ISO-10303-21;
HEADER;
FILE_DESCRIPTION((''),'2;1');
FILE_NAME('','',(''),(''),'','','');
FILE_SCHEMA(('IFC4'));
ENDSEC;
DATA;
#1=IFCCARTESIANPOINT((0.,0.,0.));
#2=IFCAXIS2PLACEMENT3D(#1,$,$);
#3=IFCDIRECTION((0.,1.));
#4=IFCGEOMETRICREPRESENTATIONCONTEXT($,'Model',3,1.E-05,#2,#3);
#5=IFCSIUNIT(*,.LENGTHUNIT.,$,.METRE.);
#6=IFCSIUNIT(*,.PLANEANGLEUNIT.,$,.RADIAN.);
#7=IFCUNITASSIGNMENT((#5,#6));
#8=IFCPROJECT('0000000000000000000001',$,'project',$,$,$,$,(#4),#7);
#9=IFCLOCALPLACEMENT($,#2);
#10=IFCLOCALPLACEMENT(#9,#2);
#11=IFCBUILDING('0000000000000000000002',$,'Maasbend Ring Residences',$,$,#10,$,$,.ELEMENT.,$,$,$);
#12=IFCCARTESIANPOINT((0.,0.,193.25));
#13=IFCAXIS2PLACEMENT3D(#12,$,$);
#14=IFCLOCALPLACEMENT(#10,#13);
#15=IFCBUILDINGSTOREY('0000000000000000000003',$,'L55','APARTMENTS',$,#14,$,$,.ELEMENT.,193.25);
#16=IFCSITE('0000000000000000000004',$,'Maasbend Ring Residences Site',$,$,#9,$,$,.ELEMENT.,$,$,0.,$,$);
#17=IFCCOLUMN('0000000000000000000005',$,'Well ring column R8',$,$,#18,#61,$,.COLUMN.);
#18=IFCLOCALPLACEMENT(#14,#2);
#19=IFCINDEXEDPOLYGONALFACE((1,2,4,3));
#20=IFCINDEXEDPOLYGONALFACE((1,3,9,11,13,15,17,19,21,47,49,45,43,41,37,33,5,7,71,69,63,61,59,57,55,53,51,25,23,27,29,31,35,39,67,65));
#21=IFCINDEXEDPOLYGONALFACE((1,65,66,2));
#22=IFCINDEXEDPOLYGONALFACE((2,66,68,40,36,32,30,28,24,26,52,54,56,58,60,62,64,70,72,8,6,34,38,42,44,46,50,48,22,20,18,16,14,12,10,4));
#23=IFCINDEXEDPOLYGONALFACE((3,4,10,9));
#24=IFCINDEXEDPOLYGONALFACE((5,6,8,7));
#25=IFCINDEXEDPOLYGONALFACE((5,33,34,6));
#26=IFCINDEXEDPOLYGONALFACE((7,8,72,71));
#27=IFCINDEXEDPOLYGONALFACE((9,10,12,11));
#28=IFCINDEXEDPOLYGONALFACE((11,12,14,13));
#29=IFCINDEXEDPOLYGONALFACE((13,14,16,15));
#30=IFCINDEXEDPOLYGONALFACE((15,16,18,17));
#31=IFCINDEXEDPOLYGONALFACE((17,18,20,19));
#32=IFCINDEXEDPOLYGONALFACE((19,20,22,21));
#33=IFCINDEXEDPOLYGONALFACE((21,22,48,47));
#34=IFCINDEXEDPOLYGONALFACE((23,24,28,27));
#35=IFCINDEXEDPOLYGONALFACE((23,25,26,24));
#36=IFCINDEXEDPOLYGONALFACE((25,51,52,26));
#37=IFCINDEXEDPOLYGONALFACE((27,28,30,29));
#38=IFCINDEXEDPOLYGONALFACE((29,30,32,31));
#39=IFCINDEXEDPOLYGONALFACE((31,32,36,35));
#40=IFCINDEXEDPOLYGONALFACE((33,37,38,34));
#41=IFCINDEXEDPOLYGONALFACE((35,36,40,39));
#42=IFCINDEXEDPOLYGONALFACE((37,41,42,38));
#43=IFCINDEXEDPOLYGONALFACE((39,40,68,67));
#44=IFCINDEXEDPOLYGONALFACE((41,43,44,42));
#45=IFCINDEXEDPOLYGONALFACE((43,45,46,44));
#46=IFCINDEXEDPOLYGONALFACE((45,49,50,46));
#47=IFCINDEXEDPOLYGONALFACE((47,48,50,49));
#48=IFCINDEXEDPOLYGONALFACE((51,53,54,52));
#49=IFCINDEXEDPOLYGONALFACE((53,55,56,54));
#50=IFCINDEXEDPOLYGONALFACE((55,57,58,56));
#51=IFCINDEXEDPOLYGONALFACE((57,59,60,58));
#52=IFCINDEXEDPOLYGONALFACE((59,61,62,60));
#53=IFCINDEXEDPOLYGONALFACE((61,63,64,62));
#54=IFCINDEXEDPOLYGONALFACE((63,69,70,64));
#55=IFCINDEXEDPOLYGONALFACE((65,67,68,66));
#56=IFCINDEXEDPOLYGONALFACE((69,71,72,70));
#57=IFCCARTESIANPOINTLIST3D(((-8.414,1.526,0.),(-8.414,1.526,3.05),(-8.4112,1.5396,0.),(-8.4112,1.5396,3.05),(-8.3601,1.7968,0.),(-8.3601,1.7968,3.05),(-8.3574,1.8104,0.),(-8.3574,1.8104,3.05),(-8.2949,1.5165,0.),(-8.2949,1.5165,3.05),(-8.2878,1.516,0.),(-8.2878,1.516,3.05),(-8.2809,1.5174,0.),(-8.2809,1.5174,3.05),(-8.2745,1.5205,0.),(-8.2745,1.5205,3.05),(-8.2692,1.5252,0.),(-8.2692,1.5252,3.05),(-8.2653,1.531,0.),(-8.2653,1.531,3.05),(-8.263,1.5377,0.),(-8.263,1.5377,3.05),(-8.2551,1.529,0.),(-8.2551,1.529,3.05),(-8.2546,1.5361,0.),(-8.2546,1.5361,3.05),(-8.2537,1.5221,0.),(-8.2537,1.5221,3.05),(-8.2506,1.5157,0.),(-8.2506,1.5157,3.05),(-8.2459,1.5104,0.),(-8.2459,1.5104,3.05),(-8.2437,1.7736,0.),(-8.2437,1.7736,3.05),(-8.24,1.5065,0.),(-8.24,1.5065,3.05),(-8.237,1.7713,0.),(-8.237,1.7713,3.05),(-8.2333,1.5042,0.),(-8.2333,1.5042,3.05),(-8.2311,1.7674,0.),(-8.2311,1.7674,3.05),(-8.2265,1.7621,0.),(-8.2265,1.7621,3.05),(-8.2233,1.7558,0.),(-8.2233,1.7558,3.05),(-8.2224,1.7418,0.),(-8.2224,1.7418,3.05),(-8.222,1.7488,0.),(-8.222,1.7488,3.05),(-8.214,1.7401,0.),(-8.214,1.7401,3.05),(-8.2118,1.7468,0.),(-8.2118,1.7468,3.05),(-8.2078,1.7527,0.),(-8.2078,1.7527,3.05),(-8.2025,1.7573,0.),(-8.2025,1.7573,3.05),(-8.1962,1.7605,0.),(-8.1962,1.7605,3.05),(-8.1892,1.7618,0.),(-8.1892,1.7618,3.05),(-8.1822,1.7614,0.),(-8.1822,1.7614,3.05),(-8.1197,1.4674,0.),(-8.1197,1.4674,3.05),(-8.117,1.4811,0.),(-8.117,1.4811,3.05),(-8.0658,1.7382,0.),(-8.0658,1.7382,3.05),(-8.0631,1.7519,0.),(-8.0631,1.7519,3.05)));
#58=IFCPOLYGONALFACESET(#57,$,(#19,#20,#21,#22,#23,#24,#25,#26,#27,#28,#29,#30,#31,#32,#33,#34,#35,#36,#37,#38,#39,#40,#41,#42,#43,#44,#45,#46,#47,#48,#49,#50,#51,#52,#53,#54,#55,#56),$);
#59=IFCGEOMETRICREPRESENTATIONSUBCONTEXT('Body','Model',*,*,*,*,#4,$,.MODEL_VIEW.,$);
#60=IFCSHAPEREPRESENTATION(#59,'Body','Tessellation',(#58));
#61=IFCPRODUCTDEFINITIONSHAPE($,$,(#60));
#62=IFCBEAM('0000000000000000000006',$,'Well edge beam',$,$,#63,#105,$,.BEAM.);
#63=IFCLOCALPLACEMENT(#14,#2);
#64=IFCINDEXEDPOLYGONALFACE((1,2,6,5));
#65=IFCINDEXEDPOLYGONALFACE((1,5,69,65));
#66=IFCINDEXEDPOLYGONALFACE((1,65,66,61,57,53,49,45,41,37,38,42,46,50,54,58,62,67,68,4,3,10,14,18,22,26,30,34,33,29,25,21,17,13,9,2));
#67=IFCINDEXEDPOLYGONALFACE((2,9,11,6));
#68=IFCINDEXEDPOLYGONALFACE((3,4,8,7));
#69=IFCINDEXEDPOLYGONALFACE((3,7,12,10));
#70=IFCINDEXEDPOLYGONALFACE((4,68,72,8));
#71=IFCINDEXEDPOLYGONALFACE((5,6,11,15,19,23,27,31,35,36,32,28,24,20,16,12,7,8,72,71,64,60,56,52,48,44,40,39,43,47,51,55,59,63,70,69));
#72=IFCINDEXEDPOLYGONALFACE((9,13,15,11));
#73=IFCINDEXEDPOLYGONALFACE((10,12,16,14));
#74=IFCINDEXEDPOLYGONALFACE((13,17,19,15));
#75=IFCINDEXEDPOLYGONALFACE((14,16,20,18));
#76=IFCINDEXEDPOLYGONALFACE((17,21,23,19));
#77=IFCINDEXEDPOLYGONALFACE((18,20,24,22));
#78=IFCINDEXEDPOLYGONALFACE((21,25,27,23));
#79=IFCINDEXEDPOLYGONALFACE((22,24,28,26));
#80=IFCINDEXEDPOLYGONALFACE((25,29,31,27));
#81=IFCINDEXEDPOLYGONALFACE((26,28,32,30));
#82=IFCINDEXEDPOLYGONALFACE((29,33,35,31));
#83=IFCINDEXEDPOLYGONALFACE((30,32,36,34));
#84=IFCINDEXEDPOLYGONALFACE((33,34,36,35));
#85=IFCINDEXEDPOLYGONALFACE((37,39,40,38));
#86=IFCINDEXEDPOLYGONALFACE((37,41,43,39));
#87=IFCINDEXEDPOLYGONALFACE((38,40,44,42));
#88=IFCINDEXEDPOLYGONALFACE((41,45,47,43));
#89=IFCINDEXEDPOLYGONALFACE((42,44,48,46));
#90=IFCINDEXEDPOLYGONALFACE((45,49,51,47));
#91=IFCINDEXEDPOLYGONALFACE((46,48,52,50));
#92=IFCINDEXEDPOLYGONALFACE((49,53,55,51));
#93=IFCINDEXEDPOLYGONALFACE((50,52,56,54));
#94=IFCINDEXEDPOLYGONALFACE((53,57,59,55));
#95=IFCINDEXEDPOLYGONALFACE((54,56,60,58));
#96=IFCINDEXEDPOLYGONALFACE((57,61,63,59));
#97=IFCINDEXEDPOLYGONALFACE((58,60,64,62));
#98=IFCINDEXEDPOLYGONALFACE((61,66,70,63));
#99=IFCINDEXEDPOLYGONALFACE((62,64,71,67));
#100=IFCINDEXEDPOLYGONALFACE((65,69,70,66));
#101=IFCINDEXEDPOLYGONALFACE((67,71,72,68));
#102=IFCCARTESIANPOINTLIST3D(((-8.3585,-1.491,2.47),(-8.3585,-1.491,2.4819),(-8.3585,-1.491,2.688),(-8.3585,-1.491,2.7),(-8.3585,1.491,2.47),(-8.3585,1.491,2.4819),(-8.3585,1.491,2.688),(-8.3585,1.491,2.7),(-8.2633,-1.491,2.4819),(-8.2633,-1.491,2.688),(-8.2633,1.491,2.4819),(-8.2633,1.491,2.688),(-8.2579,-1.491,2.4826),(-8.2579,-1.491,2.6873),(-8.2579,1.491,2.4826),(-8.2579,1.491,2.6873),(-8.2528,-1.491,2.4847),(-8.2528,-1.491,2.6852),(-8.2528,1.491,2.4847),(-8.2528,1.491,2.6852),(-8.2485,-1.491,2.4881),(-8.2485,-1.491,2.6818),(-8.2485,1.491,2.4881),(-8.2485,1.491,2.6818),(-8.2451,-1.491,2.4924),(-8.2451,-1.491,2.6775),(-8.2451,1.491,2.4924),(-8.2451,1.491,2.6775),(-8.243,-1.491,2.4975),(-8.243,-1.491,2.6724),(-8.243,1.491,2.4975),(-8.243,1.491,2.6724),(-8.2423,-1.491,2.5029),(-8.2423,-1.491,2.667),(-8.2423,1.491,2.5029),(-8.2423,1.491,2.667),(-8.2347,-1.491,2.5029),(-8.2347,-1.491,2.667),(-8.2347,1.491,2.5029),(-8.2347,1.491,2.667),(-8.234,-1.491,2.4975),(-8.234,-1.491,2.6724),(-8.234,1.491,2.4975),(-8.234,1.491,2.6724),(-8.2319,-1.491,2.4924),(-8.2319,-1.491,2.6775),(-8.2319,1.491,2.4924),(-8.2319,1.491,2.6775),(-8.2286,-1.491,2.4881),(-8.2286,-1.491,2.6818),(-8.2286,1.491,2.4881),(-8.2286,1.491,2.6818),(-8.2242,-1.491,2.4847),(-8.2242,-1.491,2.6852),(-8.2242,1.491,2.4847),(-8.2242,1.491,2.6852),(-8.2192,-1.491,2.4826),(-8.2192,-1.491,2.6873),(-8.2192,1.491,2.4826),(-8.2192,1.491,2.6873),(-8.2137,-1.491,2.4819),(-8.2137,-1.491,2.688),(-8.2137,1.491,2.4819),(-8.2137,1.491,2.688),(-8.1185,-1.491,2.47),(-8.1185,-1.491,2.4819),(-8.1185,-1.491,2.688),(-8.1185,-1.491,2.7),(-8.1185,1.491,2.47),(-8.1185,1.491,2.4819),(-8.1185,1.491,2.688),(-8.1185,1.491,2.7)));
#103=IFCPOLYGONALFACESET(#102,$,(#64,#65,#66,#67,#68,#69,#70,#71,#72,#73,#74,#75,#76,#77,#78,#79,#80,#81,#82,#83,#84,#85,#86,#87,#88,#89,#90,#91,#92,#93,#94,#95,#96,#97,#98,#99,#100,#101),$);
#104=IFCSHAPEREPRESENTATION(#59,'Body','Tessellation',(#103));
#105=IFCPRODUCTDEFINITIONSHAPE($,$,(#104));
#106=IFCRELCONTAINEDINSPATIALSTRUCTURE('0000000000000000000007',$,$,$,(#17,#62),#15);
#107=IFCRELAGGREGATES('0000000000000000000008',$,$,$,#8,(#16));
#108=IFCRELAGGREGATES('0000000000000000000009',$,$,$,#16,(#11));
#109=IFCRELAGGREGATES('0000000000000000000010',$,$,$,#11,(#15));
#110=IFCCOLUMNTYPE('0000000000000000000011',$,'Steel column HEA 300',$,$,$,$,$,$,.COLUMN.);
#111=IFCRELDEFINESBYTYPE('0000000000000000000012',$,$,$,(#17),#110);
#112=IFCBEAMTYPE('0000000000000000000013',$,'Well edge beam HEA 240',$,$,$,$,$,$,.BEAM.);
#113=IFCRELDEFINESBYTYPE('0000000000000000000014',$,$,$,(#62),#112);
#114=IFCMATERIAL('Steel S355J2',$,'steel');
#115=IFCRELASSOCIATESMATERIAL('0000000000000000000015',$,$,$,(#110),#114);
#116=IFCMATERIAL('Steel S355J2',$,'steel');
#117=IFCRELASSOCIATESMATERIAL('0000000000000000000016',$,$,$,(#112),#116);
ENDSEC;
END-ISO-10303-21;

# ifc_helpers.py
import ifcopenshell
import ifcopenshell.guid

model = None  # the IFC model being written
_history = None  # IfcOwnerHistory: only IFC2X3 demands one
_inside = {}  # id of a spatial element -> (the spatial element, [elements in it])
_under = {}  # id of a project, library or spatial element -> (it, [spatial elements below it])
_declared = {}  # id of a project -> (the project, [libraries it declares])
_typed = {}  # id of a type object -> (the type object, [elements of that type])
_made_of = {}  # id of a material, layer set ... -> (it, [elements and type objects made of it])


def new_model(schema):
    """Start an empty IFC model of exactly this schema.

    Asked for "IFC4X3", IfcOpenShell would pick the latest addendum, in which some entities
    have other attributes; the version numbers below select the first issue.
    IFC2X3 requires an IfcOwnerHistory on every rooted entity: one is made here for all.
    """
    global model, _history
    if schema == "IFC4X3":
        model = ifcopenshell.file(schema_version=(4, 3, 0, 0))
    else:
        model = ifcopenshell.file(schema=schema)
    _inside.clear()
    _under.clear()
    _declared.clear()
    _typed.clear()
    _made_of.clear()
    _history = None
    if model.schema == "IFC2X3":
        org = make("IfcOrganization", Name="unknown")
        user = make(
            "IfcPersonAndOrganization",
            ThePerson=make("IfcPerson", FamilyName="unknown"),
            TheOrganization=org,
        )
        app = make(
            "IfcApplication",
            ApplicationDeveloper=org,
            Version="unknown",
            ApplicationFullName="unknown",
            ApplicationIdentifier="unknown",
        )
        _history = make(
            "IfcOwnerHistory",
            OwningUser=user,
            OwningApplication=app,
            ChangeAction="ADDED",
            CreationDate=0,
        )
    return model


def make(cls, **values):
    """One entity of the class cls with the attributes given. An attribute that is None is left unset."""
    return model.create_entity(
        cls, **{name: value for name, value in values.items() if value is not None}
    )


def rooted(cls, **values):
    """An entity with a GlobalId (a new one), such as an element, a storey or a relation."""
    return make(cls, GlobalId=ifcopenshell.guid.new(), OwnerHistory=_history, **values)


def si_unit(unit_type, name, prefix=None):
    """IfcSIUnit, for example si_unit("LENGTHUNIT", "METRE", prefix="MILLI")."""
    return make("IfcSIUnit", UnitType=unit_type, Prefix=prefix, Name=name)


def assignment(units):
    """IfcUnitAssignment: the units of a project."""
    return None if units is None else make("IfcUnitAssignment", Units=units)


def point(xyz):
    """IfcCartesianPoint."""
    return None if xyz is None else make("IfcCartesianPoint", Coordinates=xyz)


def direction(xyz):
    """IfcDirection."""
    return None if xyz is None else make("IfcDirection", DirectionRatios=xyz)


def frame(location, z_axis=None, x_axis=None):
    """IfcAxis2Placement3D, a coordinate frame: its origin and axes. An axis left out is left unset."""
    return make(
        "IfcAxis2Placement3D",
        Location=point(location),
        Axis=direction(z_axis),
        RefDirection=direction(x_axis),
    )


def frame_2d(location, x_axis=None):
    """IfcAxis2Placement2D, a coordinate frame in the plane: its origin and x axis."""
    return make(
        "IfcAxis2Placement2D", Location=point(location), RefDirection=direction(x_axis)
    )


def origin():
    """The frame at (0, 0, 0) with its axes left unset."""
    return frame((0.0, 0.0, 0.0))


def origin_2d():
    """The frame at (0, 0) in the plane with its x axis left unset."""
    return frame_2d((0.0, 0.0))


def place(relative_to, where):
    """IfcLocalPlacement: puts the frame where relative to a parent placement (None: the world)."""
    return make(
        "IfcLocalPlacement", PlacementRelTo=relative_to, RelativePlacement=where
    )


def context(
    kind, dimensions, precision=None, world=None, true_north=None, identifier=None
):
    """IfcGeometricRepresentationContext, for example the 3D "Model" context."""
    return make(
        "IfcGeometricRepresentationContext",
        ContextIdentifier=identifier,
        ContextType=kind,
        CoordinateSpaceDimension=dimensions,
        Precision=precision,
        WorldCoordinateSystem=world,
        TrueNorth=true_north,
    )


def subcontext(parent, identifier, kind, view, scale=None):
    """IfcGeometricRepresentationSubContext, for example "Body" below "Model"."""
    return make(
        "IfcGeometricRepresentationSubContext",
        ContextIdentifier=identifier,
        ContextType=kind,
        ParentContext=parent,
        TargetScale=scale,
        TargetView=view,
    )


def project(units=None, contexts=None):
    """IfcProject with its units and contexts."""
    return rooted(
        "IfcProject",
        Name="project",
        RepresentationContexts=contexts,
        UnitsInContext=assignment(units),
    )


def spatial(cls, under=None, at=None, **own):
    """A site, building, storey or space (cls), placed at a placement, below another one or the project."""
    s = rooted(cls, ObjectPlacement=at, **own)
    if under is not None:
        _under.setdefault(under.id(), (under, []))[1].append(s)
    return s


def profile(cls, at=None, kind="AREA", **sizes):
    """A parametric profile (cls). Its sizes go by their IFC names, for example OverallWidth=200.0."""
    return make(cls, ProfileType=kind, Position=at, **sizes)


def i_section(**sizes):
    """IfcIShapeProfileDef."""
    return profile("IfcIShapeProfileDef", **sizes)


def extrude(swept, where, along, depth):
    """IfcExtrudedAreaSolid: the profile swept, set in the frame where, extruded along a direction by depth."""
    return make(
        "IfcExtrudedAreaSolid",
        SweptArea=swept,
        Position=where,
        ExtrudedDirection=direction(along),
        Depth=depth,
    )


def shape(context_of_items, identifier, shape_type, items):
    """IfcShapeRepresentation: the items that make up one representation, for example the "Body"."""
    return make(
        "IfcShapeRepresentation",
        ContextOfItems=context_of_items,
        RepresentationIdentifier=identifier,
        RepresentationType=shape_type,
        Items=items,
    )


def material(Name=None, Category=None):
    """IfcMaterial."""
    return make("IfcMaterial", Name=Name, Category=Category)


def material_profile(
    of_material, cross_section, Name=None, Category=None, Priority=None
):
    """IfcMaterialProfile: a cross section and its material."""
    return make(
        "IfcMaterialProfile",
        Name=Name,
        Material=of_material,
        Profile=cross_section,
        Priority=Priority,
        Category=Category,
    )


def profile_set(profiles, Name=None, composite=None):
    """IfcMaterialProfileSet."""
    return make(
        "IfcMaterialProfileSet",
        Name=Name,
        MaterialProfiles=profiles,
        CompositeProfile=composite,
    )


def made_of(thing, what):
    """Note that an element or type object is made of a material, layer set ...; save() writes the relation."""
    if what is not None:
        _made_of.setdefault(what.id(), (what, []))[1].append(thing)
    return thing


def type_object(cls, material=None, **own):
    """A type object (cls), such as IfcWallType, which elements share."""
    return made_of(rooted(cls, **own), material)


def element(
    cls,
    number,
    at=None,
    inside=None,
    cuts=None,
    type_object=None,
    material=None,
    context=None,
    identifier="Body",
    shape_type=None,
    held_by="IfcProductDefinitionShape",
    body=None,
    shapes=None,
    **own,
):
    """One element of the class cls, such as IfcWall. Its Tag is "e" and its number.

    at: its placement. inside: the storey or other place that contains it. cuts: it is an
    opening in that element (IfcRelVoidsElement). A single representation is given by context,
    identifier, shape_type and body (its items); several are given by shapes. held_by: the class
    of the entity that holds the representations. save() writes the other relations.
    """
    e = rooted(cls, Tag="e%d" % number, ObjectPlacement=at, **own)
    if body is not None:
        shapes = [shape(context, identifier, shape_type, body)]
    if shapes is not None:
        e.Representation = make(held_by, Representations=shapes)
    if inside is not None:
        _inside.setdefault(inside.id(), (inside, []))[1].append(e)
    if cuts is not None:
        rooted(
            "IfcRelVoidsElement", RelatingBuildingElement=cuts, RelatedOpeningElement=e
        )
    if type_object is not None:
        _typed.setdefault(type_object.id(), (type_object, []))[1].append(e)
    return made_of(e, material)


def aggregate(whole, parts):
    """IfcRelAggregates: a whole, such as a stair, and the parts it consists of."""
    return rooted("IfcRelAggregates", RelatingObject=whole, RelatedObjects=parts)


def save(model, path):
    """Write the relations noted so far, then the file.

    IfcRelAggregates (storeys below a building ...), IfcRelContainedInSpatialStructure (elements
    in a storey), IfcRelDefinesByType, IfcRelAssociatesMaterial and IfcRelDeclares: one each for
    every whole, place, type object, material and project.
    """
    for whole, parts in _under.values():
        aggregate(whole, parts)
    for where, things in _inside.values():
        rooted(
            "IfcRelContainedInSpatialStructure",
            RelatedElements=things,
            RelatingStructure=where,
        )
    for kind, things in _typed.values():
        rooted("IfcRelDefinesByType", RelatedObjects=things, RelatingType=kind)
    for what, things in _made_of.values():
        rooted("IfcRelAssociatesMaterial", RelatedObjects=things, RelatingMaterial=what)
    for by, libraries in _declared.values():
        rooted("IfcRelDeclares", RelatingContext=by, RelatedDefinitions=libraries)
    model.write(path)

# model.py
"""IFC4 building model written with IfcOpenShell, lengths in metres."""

from ifc_helpers import new_model, si_unit, direction, frame, origin, origin_2d, place, context, subcontext, project, spatial, i_section, extrude, material, material_profile, profile_set, type_object, element, save


model = new_model("IFC4")

# Units and contexts
model_context = context("Model", 3, precision=1e-05, world=origin(), true_north=direction((0.0, 1.0)))
body_context = subcontext(model_context, "Body", "Model", "MODEL_VIEW")
ifc_project = project(units=[si_unit("LENGTHUNIT", "METRE"), si_unit("PLANEANGLEUNIT", "RADIAN")], contexts=[model_context])

# Site, building, storey
site_placement = place(None, origin())
site = spatial("IfcSite", under=ifc_project, at=site_placement, Name="Maasbend Ring Residences Site", CompositionType="ELEMENT", RefElevation=0.0)
building_placement = place(site_placement, origin())
building = spatial("IfcBuilding", under=site, at=building_placement, Name="Maasbend Ring Residences", CompositionType="ELEMENT")
storey_placement = place(building_placement, frame((0.0, 0.0, 193.25)))
storey = spatial("IfcBuildingStorey", under=building, at=storey_placement, Name="L55", Description="APARTMENTS", CompositionType="ELEMENT", Elevation=193.25)

# Column
ifc_material_1 = material(Name="Steel S355J2", Category="steel")
ifc_material_profile_1 = material_profile(ifc_material_1, i_section(OverallWidth=0.3, OverallDepth=0.29, WebThickness=0.0085, FlangeThickness=0.0139, FilletRadius=0.0271, at=origin_2d()), Name="HEA 300")
ifc_profile_set_1 = profile_set([ifc_material_profile_1], Name="Steel S355J2")
column_type = type_object("IfcColumnType", Name="Steel column HEA 300", PredefinedType="COLUMN", material=ifc_profile_set_1)
column_placement = place(storey_placement, frame((-8.2385, 1.6389, 0.0), z_axis=(0.0, 0.0, 1.0), x_axis=(-0.980785, 0.19509, 0.0)))
element("IfcColumn", 1, at=column_placement, inside=storey, type_object=column_type, Name="Well ring column R8", PredefinedType="COLUMN", context=body_context, shape_type="SweptSolid", body=[
    extrude(i_section(OverallWidth=0.3, OverallDepth=0.29, WebThickness=0.0085, FlangeThickness=0.0139, FilletRadius=0.0271, at=origin_2d()), origin(), (0.0, 0.0, 1.0), 3.05),
])

# Beam
ifc_material_2 = material(Name="Steel S355J2", Category="steel")
ifc_material_profile_2 = material_profile(ifc_material_2, i_section(OverallWidth=0.24, OverallDepth=0.23, WebThickness=0.0076, FlangeThickness=0.012, FilletRadius=0.021, at=origin_2d()), Name="HEA 240")
ifc_profile_set_2 = profile_set([ifc_material_profile_2], Name="Steel S355J2")
beam_type = type_object("IfcBeamType", Name="Well edge beam HEA 240", PredefinedType="BEAM", material=ifc_profile_set_2)
beam_placement = place(storey_placement, frame((-8.2385, 1.491, 2.585), z_axis=(0.0, -1.0, 0.0), x_axis=(1.0, 0.0, 0.0)))
element("IfcBeam", 2, at=beam_placement, inside=storey, type_object=beam_type, Name="Well edge beam", PredefinedType="BEAM", context=body_context, shape_type="SweptSolid", body=[
    extrude(i_section(OverallWidth=0.24, OverallDepth=0.23, WebThickness=0.0076, FlangeThickness=0.012, FilletRadius=0.021, at=origin_2d()), origin(), (0.0, 0.0, 1.0), 2.9819),
])

save(model, "model.ifc")
